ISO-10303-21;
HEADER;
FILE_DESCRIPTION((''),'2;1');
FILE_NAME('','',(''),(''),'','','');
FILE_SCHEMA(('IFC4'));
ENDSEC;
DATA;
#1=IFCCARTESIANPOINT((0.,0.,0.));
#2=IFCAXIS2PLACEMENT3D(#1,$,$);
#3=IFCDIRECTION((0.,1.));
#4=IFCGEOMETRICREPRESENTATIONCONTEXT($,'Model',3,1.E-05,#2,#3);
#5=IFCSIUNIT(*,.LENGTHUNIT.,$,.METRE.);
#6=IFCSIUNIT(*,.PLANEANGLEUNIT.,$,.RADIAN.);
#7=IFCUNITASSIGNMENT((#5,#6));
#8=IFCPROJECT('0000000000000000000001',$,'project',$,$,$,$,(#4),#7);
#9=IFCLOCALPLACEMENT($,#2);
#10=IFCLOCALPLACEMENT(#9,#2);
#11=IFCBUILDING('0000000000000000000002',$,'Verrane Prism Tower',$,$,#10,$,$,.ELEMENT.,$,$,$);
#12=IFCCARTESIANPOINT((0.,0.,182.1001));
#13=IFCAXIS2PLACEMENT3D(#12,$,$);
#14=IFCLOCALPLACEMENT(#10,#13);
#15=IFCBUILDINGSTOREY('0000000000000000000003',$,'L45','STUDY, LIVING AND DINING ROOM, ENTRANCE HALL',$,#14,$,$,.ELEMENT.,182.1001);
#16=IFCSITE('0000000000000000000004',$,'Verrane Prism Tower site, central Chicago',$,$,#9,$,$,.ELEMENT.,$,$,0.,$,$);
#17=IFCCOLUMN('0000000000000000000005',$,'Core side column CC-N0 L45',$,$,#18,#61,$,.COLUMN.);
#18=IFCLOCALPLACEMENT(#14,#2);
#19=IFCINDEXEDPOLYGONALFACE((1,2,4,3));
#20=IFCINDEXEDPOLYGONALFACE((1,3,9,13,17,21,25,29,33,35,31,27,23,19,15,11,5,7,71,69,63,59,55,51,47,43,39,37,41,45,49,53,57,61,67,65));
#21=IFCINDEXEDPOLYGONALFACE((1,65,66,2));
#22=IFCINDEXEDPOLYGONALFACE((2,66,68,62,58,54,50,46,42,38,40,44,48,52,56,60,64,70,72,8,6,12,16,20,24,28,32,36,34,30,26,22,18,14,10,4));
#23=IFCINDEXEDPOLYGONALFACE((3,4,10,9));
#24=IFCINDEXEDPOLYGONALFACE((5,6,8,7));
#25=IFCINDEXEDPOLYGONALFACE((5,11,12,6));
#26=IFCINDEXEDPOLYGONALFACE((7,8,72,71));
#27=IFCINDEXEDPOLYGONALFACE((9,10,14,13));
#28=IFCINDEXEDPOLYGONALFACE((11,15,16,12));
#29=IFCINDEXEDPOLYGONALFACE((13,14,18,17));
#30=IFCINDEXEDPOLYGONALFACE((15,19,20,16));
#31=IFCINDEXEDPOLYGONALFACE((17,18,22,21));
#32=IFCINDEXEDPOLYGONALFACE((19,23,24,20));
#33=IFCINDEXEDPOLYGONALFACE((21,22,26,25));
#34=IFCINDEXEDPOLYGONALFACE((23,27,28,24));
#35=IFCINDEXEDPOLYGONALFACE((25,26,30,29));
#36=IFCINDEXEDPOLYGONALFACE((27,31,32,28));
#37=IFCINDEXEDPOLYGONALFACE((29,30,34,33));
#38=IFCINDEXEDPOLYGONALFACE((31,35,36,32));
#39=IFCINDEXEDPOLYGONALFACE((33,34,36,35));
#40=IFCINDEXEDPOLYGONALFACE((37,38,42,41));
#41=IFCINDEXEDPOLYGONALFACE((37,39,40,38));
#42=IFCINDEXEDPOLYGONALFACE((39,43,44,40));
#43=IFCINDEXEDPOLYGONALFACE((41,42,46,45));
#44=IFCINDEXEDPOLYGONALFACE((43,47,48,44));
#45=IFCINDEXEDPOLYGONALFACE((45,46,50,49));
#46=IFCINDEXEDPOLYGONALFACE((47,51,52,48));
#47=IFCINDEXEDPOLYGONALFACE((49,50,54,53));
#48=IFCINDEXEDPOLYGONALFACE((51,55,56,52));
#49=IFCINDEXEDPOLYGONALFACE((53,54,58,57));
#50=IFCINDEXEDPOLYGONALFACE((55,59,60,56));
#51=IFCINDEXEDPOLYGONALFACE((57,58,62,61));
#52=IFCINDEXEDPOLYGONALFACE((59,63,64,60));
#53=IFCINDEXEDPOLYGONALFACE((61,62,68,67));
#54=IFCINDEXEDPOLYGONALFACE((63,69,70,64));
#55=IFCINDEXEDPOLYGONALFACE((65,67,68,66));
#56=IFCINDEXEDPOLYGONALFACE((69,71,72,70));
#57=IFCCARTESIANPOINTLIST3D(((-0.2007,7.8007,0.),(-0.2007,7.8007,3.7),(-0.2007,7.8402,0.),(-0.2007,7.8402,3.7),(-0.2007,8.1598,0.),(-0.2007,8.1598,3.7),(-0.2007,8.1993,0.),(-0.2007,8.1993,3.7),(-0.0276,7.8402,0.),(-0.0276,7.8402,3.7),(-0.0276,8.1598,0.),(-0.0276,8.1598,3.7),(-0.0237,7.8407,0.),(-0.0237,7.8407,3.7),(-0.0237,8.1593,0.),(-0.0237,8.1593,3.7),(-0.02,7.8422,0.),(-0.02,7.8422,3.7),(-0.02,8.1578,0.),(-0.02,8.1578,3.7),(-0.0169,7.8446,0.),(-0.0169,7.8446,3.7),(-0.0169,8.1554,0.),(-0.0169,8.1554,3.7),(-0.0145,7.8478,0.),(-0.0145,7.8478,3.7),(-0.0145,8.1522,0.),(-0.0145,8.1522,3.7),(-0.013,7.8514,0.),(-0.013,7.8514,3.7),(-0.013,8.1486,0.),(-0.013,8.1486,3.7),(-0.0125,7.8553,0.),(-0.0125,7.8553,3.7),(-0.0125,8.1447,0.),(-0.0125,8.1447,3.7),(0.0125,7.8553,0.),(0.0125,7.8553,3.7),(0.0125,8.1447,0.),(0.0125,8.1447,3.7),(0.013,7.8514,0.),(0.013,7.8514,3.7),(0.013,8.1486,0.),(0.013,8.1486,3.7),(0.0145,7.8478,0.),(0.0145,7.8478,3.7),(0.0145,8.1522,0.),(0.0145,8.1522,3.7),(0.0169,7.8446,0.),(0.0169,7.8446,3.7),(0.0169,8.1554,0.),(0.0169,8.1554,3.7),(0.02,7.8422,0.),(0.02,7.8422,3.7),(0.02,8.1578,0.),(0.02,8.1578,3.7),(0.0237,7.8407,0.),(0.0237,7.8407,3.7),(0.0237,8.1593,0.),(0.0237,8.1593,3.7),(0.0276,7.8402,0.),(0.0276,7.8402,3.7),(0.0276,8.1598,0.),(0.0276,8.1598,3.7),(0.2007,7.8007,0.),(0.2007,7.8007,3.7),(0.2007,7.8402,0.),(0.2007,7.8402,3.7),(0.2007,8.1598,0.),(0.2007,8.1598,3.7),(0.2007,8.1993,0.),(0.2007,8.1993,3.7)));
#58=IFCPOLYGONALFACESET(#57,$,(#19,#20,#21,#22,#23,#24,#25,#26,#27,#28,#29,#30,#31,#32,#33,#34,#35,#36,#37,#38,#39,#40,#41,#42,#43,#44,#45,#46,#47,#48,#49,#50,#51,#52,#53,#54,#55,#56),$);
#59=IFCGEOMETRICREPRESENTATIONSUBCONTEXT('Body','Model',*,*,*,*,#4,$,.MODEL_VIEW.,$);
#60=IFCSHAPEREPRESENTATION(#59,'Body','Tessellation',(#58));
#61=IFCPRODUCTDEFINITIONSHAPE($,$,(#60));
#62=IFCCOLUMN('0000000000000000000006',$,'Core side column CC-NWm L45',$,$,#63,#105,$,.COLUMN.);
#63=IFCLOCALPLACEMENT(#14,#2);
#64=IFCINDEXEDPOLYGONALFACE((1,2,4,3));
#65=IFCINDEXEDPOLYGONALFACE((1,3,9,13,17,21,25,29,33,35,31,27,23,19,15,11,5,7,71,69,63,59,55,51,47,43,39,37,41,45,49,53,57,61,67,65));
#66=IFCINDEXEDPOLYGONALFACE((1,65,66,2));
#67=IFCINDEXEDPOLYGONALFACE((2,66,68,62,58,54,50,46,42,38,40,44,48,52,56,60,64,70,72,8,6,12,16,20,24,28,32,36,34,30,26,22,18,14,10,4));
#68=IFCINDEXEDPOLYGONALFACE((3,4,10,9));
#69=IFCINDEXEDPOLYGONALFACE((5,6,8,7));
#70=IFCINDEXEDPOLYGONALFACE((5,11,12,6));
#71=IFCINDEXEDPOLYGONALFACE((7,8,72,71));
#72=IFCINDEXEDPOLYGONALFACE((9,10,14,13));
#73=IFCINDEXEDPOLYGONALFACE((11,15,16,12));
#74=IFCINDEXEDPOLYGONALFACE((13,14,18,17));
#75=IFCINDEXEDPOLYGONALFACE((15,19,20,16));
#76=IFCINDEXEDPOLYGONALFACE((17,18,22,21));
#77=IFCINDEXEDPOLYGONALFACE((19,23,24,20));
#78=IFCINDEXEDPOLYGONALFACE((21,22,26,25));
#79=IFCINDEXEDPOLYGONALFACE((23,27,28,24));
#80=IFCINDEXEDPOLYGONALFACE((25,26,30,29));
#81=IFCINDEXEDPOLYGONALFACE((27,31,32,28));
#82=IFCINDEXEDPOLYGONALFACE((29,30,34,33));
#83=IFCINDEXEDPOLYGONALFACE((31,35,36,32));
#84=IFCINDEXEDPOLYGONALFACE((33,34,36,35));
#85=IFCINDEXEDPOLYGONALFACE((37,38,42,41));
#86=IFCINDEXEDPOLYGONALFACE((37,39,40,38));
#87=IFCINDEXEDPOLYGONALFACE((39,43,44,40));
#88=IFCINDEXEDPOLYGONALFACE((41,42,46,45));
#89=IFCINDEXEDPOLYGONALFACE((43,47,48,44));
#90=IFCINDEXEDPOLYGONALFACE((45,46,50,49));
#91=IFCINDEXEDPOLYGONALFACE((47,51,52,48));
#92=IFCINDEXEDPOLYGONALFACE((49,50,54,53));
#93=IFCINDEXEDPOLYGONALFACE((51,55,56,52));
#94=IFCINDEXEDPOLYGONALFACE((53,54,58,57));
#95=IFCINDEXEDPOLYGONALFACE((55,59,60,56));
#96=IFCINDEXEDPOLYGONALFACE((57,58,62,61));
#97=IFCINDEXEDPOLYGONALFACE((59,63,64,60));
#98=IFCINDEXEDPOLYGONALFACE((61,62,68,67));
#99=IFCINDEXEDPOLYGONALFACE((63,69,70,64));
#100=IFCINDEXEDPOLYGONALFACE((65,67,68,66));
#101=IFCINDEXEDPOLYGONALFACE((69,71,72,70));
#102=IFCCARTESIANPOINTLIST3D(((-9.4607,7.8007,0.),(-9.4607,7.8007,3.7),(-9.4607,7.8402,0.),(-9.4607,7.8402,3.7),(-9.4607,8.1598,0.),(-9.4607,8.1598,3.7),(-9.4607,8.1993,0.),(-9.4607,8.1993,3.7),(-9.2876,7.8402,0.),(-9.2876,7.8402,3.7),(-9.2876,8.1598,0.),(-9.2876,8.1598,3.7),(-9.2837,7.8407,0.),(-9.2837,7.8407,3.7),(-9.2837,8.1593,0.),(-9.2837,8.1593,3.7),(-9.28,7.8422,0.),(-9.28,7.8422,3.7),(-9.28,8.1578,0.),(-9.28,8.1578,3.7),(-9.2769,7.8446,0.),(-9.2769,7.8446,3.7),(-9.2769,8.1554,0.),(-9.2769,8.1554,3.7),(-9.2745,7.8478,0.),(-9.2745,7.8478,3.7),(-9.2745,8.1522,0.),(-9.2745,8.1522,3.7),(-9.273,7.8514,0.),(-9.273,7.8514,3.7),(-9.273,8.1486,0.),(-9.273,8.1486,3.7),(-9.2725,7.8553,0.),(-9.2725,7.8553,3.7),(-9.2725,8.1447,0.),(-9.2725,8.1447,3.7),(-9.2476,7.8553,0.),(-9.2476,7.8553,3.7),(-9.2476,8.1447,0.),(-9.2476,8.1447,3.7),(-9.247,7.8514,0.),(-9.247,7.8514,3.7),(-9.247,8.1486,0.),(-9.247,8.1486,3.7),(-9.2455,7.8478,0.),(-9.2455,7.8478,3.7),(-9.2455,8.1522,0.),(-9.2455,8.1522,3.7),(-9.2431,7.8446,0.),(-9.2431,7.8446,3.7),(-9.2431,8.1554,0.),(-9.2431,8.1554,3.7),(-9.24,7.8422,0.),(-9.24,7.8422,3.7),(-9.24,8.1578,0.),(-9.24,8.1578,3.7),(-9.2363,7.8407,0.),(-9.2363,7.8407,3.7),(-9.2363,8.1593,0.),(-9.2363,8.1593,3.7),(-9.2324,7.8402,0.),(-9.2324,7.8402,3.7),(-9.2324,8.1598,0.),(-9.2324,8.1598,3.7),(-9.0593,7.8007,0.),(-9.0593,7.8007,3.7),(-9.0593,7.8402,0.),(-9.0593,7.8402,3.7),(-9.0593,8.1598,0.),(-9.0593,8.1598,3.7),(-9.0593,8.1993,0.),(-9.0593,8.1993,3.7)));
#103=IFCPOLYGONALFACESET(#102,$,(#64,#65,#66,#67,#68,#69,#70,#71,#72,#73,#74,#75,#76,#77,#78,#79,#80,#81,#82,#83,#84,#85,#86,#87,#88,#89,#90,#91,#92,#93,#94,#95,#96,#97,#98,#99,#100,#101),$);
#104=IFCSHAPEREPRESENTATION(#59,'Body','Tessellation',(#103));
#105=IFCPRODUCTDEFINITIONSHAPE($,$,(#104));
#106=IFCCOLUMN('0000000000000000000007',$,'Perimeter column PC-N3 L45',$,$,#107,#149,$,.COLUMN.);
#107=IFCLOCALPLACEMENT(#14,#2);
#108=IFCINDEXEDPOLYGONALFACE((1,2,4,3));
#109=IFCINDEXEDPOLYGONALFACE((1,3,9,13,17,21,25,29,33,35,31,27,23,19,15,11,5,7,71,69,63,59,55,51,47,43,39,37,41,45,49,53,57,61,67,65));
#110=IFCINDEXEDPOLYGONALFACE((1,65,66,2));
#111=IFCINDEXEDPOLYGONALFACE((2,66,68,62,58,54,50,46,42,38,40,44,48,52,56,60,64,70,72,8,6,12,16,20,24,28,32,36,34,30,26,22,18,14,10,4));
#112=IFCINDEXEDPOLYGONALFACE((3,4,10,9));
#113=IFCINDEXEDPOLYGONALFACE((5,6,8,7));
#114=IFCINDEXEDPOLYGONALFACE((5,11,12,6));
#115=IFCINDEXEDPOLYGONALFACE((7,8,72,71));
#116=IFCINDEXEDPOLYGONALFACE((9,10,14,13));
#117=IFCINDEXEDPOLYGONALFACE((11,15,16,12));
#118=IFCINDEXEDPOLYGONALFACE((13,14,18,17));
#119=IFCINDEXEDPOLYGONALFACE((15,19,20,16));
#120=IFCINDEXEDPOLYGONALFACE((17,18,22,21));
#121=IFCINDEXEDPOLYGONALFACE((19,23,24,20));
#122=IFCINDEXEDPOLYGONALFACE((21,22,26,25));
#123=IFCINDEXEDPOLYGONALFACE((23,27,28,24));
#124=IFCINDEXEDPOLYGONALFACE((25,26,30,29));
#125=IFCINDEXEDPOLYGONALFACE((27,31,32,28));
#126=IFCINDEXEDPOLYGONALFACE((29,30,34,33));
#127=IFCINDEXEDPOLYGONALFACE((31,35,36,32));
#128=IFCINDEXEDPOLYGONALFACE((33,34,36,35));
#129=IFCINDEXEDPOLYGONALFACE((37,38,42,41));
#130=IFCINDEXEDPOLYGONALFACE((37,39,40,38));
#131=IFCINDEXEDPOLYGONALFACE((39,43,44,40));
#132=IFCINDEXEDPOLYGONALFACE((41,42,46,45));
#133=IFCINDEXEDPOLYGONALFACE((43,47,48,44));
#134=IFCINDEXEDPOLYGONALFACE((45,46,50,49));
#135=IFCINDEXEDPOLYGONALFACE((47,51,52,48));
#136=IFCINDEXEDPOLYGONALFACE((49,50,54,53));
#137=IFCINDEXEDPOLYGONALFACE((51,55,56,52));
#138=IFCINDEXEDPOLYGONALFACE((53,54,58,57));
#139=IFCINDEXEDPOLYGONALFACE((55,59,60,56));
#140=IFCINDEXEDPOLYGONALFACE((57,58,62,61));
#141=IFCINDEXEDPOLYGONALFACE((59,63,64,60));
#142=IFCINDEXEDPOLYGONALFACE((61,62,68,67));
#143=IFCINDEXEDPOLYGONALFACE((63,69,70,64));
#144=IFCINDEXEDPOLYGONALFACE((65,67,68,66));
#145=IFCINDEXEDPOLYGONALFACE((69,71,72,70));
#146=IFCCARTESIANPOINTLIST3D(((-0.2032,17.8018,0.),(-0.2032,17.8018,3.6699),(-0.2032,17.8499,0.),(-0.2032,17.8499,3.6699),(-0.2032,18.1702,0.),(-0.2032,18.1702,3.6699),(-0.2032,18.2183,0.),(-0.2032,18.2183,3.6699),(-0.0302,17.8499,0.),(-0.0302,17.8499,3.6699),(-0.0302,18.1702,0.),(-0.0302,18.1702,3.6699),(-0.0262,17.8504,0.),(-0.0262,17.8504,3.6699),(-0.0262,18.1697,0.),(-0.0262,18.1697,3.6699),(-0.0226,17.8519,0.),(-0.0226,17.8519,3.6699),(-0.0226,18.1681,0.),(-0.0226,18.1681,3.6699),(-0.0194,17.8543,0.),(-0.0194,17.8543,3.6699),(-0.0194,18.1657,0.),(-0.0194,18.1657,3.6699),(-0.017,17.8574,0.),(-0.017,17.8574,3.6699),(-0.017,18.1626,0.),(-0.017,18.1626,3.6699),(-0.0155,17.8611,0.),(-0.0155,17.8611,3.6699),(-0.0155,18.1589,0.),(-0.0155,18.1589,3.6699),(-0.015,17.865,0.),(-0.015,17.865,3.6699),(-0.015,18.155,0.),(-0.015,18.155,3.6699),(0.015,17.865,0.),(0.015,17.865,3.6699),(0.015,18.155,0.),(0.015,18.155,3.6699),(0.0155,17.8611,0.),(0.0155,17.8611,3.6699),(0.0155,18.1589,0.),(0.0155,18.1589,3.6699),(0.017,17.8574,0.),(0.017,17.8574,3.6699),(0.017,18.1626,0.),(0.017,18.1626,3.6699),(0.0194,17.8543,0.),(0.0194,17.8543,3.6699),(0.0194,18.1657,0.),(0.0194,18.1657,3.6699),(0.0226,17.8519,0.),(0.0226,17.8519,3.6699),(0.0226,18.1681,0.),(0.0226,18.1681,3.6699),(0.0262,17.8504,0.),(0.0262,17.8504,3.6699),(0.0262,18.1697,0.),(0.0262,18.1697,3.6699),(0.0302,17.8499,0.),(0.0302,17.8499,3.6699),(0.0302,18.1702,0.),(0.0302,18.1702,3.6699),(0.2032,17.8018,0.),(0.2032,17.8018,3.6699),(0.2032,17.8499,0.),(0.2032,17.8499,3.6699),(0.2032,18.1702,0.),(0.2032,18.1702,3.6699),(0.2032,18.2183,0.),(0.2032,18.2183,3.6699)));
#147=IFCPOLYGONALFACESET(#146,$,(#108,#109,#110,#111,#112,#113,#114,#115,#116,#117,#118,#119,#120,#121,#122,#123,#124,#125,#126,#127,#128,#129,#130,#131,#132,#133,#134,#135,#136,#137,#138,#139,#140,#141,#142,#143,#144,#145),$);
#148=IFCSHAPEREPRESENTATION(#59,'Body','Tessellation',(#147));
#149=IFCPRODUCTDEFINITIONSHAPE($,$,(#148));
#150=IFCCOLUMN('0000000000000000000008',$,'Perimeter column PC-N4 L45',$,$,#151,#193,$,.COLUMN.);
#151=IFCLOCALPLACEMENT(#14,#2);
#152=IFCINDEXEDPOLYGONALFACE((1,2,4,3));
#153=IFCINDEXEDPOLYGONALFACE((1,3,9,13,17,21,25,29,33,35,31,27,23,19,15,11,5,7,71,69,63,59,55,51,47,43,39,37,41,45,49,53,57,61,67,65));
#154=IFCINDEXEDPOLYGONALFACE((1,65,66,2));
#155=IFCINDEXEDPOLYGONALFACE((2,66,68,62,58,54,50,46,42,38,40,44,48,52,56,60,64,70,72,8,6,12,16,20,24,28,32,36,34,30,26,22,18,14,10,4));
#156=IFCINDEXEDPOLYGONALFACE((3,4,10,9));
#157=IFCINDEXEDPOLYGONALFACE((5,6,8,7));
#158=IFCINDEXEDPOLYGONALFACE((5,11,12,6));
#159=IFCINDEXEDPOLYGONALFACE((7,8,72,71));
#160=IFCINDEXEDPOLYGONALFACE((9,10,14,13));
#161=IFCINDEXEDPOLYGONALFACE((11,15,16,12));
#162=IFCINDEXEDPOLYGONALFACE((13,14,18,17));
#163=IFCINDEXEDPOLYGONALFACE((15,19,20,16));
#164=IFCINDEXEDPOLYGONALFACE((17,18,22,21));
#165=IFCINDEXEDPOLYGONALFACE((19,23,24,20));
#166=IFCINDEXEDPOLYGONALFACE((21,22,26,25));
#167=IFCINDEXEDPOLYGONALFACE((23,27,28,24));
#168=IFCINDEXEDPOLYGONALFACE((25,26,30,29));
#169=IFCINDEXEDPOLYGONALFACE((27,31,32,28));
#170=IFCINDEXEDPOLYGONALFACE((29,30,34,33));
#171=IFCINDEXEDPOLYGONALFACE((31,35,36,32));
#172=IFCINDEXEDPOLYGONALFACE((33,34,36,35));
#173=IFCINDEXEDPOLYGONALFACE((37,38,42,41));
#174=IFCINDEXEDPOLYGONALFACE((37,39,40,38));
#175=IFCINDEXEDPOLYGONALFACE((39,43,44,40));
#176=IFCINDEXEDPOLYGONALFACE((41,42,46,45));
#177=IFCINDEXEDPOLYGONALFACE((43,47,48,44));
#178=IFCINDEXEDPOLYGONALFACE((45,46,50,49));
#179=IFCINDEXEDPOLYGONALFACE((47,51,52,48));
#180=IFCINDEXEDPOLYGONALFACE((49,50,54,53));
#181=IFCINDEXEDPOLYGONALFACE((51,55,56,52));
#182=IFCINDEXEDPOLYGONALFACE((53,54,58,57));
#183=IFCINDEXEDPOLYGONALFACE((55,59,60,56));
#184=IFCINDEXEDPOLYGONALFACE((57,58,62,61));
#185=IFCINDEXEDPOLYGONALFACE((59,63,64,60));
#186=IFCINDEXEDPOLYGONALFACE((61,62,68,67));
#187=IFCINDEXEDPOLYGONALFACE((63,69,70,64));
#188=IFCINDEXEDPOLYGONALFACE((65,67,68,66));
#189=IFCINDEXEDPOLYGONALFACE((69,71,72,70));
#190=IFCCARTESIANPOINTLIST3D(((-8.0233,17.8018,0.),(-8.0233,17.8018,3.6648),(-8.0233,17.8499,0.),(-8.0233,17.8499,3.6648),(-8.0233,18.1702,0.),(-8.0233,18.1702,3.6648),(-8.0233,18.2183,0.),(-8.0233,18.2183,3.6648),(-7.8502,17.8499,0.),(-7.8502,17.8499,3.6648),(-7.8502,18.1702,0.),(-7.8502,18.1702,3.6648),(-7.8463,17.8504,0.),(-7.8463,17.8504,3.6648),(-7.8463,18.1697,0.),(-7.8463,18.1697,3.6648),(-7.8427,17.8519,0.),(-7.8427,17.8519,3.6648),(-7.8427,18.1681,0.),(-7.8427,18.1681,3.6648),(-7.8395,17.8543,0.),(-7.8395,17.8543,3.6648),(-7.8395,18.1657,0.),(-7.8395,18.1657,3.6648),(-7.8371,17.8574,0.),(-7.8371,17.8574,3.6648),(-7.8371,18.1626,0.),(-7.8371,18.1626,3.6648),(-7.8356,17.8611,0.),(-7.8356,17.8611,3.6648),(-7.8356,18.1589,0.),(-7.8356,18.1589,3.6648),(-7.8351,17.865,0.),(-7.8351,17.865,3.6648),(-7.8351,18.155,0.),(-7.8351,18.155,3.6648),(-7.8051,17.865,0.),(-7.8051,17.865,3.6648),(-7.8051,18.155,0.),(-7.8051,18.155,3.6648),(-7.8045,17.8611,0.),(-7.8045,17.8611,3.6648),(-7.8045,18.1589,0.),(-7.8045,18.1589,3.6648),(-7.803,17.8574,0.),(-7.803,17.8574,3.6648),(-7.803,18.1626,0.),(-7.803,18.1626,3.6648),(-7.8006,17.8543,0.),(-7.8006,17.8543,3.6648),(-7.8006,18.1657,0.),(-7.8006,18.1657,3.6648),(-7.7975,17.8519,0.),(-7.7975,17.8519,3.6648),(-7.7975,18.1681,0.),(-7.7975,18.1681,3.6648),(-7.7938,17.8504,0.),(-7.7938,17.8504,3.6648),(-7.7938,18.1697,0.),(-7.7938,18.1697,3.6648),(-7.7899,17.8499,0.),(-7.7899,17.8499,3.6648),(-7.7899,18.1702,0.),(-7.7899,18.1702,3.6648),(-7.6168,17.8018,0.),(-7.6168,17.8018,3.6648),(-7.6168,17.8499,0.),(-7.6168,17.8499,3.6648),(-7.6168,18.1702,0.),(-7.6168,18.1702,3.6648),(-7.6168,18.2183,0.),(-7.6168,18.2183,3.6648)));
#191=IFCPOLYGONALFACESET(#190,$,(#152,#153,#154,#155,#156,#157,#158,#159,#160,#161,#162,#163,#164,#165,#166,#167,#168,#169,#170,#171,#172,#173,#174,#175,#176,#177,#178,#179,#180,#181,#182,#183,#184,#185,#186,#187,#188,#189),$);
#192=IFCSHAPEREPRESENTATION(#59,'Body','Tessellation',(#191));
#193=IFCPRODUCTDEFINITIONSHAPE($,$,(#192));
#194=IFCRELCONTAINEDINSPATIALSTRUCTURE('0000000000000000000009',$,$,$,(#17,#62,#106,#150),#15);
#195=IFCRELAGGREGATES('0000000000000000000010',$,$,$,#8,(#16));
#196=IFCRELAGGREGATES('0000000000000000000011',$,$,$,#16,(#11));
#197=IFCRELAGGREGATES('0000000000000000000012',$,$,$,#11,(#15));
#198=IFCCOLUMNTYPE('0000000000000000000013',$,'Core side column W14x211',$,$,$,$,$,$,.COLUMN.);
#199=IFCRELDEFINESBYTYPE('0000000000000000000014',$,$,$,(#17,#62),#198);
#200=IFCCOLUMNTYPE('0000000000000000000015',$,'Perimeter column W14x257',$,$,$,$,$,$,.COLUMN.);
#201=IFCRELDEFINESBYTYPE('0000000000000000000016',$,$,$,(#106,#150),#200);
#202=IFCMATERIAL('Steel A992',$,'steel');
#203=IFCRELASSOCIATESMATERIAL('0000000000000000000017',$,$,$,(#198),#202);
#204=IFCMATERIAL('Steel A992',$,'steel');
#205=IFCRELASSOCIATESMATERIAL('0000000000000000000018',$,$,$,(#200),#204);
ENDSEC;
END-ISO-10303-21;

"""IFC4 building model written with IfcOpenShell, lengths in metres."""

from ifc_helpers import new_model, si_unit, direction, frame, origin, origin_2d, place, context, subcontext, project, spatial, i_section, extrude, material, material_profile, profile_set, type_object, element, save


model = new_model("IFC4")

# Units and contexts
model_context = context("Model", 3, precision=1e-05, world=origin(), true_north=direction((0.0, 1.0)))
body_context = subcontext(model_context, "Body", "Model", "MODEL_VIEW")
ifc_project = project(units=[si_unit("LENGTHUNIT", "METRE"), si_unit("PLANEANGLEUNIT", "RADIAN")], contexts=[model_context])

# Site, building, storey
site_placement = place(None, origin())
site = spatial("IfcSite", under=ifc_project, at=site_placement, Name="Verrane Prism Tower site, central Chicago", CompositionType="ELEMENT", RefElevation=0.0)
building_placement = place(site_placement, origin())
building = spatial("IfcBuilding", under=site, at=building_placement, Name="Verrane Prism Tower", CompositionType="ELEMENT")
storey_placement = place(building_placement, frame((0.0, 0.0, 182.1001)))
storey = spatial("IfcBuildingStorey", under=building, at=storey_placement, Name="L45", Description="STUDY, LIVING AND DINING ROOM, ENTRANCE HALL", CompositionType="ELEMENT", Elevation=182.1001)

# Columns
ifc_material_1 = material(Name="Steel A992", Category="steel")
ifc_material_profile_1 = material_profile(ifc_material_1, i_section(OverallWidth=0.4014, OverallDepth=0.3987, WebThickness=0.0249, FlangeThickness=0.0396, FilletRadius=0.0151, at=origin_2d()), Name="W14x211")
ifc_profile_set_1 = profile_set([ifc_material_profile_1], Name="Steel A992")
column_type_1 = type_object("IfcColumnType", Name="Core side column W14x211", PredefinedType="COLUMN", material=ifc_profile_set_1)
for number, where, z_axis, x_axis, name in (
    (1, (0.0, 8.0, 0.0), (0.0, 0.0, 1.0), (1.0, 0.0, 0.0), "Core side column CC-N0 L45"),
    (2, (-9.26, 8.0, 0.0), (0.0, 0.0, 1.0), (1.0, 0.0, 0.0), "Core side column CC-NWm L45"),
):
    element("IfcColumn", number, at=place(storey_placement, frame(where, z_axis=z_axis, x_axis=x_axis)), inside=storey, type_object=column_type_1, Name=name, PredefinedType="COLUMN", context=body_context, shape_type="SweptSolid", body=[
        extrude(i_section(OverallWidth=0.4014, OverallDepth=0.3987, WebThickness=0.0249, FlangeThickness=0.0396, FilletRadius=0.0151, at=origin_2d()), origin(), (0.0, 0.0, 1.0), 3.7),
    ])
ifc_material_2 = material(Name="Steel A992", Category="steel")
ifc_material_profile_2 = material_profile(ifc_material_2, i_section(OverallWidth=0.4065, OverallDepth=0.4165, WebThickness=0.03, FlangeThickness=0.0481, FilletRadius=0.0151, at=origin_2d()), Name="W14x257")
ifc_profile_set_2 = profile_set([ifc_material_profile_2], Name="Steel A992")
column_type_2 = type_object("IfcColumnType", Name="Perimeter column W14x257", PredefinedType="COLUMN", material=ifc_profile_set_2)
column_1_placement = place(storey_placement, frame((0.0, 18.01, 0.0), z_axis=(0.0, 0.0, 1.0), x_axis=(1.0, 0.0, 0.0)))
element("IfcColumn", 3, at=column_1_placement, inside=storey, type_object=column_type_2, Name="Perimeter column PC-N3 L45", PredefinedType="COLUMN", context=body_context, shape_type="SweptSolid", body=[
    extrude(i_section(OverallWidth=0.4065, OverallDepth=0.4165, WebThickness=0.03, FlangeThickness=0.0481, FilletRadius=0.0151, at=origin_2d()), origin(), (0.0, 0.0, 1.0), 3.6699),
])
column_2_placement = place(storey_placement, frame((-7.8201, 18.01, 0.0), z_axis=(0.0, 0.0, 1.0), x_axis=(1.0, 0.0, 0.0)))
element("IfcColumn", 4, at=column_2_placement, inside=storey, type_object=column_type_2, Name="Perimeter column PC-N4 L45", PredefinedType="COLUMN", context=body_context, shape_type="SweptSolid", body=[
    extrude(i_section(OverallWidth=0.4065, OverallDepth=0.4165, WebThickness=0.03, FlangeThickness=0.0481, FilletRadius=0.0151, at=origin_2d()), origin(), (0.0, 0.0, 1.0), 3.6648),
])

save(model, "model.ifc")
